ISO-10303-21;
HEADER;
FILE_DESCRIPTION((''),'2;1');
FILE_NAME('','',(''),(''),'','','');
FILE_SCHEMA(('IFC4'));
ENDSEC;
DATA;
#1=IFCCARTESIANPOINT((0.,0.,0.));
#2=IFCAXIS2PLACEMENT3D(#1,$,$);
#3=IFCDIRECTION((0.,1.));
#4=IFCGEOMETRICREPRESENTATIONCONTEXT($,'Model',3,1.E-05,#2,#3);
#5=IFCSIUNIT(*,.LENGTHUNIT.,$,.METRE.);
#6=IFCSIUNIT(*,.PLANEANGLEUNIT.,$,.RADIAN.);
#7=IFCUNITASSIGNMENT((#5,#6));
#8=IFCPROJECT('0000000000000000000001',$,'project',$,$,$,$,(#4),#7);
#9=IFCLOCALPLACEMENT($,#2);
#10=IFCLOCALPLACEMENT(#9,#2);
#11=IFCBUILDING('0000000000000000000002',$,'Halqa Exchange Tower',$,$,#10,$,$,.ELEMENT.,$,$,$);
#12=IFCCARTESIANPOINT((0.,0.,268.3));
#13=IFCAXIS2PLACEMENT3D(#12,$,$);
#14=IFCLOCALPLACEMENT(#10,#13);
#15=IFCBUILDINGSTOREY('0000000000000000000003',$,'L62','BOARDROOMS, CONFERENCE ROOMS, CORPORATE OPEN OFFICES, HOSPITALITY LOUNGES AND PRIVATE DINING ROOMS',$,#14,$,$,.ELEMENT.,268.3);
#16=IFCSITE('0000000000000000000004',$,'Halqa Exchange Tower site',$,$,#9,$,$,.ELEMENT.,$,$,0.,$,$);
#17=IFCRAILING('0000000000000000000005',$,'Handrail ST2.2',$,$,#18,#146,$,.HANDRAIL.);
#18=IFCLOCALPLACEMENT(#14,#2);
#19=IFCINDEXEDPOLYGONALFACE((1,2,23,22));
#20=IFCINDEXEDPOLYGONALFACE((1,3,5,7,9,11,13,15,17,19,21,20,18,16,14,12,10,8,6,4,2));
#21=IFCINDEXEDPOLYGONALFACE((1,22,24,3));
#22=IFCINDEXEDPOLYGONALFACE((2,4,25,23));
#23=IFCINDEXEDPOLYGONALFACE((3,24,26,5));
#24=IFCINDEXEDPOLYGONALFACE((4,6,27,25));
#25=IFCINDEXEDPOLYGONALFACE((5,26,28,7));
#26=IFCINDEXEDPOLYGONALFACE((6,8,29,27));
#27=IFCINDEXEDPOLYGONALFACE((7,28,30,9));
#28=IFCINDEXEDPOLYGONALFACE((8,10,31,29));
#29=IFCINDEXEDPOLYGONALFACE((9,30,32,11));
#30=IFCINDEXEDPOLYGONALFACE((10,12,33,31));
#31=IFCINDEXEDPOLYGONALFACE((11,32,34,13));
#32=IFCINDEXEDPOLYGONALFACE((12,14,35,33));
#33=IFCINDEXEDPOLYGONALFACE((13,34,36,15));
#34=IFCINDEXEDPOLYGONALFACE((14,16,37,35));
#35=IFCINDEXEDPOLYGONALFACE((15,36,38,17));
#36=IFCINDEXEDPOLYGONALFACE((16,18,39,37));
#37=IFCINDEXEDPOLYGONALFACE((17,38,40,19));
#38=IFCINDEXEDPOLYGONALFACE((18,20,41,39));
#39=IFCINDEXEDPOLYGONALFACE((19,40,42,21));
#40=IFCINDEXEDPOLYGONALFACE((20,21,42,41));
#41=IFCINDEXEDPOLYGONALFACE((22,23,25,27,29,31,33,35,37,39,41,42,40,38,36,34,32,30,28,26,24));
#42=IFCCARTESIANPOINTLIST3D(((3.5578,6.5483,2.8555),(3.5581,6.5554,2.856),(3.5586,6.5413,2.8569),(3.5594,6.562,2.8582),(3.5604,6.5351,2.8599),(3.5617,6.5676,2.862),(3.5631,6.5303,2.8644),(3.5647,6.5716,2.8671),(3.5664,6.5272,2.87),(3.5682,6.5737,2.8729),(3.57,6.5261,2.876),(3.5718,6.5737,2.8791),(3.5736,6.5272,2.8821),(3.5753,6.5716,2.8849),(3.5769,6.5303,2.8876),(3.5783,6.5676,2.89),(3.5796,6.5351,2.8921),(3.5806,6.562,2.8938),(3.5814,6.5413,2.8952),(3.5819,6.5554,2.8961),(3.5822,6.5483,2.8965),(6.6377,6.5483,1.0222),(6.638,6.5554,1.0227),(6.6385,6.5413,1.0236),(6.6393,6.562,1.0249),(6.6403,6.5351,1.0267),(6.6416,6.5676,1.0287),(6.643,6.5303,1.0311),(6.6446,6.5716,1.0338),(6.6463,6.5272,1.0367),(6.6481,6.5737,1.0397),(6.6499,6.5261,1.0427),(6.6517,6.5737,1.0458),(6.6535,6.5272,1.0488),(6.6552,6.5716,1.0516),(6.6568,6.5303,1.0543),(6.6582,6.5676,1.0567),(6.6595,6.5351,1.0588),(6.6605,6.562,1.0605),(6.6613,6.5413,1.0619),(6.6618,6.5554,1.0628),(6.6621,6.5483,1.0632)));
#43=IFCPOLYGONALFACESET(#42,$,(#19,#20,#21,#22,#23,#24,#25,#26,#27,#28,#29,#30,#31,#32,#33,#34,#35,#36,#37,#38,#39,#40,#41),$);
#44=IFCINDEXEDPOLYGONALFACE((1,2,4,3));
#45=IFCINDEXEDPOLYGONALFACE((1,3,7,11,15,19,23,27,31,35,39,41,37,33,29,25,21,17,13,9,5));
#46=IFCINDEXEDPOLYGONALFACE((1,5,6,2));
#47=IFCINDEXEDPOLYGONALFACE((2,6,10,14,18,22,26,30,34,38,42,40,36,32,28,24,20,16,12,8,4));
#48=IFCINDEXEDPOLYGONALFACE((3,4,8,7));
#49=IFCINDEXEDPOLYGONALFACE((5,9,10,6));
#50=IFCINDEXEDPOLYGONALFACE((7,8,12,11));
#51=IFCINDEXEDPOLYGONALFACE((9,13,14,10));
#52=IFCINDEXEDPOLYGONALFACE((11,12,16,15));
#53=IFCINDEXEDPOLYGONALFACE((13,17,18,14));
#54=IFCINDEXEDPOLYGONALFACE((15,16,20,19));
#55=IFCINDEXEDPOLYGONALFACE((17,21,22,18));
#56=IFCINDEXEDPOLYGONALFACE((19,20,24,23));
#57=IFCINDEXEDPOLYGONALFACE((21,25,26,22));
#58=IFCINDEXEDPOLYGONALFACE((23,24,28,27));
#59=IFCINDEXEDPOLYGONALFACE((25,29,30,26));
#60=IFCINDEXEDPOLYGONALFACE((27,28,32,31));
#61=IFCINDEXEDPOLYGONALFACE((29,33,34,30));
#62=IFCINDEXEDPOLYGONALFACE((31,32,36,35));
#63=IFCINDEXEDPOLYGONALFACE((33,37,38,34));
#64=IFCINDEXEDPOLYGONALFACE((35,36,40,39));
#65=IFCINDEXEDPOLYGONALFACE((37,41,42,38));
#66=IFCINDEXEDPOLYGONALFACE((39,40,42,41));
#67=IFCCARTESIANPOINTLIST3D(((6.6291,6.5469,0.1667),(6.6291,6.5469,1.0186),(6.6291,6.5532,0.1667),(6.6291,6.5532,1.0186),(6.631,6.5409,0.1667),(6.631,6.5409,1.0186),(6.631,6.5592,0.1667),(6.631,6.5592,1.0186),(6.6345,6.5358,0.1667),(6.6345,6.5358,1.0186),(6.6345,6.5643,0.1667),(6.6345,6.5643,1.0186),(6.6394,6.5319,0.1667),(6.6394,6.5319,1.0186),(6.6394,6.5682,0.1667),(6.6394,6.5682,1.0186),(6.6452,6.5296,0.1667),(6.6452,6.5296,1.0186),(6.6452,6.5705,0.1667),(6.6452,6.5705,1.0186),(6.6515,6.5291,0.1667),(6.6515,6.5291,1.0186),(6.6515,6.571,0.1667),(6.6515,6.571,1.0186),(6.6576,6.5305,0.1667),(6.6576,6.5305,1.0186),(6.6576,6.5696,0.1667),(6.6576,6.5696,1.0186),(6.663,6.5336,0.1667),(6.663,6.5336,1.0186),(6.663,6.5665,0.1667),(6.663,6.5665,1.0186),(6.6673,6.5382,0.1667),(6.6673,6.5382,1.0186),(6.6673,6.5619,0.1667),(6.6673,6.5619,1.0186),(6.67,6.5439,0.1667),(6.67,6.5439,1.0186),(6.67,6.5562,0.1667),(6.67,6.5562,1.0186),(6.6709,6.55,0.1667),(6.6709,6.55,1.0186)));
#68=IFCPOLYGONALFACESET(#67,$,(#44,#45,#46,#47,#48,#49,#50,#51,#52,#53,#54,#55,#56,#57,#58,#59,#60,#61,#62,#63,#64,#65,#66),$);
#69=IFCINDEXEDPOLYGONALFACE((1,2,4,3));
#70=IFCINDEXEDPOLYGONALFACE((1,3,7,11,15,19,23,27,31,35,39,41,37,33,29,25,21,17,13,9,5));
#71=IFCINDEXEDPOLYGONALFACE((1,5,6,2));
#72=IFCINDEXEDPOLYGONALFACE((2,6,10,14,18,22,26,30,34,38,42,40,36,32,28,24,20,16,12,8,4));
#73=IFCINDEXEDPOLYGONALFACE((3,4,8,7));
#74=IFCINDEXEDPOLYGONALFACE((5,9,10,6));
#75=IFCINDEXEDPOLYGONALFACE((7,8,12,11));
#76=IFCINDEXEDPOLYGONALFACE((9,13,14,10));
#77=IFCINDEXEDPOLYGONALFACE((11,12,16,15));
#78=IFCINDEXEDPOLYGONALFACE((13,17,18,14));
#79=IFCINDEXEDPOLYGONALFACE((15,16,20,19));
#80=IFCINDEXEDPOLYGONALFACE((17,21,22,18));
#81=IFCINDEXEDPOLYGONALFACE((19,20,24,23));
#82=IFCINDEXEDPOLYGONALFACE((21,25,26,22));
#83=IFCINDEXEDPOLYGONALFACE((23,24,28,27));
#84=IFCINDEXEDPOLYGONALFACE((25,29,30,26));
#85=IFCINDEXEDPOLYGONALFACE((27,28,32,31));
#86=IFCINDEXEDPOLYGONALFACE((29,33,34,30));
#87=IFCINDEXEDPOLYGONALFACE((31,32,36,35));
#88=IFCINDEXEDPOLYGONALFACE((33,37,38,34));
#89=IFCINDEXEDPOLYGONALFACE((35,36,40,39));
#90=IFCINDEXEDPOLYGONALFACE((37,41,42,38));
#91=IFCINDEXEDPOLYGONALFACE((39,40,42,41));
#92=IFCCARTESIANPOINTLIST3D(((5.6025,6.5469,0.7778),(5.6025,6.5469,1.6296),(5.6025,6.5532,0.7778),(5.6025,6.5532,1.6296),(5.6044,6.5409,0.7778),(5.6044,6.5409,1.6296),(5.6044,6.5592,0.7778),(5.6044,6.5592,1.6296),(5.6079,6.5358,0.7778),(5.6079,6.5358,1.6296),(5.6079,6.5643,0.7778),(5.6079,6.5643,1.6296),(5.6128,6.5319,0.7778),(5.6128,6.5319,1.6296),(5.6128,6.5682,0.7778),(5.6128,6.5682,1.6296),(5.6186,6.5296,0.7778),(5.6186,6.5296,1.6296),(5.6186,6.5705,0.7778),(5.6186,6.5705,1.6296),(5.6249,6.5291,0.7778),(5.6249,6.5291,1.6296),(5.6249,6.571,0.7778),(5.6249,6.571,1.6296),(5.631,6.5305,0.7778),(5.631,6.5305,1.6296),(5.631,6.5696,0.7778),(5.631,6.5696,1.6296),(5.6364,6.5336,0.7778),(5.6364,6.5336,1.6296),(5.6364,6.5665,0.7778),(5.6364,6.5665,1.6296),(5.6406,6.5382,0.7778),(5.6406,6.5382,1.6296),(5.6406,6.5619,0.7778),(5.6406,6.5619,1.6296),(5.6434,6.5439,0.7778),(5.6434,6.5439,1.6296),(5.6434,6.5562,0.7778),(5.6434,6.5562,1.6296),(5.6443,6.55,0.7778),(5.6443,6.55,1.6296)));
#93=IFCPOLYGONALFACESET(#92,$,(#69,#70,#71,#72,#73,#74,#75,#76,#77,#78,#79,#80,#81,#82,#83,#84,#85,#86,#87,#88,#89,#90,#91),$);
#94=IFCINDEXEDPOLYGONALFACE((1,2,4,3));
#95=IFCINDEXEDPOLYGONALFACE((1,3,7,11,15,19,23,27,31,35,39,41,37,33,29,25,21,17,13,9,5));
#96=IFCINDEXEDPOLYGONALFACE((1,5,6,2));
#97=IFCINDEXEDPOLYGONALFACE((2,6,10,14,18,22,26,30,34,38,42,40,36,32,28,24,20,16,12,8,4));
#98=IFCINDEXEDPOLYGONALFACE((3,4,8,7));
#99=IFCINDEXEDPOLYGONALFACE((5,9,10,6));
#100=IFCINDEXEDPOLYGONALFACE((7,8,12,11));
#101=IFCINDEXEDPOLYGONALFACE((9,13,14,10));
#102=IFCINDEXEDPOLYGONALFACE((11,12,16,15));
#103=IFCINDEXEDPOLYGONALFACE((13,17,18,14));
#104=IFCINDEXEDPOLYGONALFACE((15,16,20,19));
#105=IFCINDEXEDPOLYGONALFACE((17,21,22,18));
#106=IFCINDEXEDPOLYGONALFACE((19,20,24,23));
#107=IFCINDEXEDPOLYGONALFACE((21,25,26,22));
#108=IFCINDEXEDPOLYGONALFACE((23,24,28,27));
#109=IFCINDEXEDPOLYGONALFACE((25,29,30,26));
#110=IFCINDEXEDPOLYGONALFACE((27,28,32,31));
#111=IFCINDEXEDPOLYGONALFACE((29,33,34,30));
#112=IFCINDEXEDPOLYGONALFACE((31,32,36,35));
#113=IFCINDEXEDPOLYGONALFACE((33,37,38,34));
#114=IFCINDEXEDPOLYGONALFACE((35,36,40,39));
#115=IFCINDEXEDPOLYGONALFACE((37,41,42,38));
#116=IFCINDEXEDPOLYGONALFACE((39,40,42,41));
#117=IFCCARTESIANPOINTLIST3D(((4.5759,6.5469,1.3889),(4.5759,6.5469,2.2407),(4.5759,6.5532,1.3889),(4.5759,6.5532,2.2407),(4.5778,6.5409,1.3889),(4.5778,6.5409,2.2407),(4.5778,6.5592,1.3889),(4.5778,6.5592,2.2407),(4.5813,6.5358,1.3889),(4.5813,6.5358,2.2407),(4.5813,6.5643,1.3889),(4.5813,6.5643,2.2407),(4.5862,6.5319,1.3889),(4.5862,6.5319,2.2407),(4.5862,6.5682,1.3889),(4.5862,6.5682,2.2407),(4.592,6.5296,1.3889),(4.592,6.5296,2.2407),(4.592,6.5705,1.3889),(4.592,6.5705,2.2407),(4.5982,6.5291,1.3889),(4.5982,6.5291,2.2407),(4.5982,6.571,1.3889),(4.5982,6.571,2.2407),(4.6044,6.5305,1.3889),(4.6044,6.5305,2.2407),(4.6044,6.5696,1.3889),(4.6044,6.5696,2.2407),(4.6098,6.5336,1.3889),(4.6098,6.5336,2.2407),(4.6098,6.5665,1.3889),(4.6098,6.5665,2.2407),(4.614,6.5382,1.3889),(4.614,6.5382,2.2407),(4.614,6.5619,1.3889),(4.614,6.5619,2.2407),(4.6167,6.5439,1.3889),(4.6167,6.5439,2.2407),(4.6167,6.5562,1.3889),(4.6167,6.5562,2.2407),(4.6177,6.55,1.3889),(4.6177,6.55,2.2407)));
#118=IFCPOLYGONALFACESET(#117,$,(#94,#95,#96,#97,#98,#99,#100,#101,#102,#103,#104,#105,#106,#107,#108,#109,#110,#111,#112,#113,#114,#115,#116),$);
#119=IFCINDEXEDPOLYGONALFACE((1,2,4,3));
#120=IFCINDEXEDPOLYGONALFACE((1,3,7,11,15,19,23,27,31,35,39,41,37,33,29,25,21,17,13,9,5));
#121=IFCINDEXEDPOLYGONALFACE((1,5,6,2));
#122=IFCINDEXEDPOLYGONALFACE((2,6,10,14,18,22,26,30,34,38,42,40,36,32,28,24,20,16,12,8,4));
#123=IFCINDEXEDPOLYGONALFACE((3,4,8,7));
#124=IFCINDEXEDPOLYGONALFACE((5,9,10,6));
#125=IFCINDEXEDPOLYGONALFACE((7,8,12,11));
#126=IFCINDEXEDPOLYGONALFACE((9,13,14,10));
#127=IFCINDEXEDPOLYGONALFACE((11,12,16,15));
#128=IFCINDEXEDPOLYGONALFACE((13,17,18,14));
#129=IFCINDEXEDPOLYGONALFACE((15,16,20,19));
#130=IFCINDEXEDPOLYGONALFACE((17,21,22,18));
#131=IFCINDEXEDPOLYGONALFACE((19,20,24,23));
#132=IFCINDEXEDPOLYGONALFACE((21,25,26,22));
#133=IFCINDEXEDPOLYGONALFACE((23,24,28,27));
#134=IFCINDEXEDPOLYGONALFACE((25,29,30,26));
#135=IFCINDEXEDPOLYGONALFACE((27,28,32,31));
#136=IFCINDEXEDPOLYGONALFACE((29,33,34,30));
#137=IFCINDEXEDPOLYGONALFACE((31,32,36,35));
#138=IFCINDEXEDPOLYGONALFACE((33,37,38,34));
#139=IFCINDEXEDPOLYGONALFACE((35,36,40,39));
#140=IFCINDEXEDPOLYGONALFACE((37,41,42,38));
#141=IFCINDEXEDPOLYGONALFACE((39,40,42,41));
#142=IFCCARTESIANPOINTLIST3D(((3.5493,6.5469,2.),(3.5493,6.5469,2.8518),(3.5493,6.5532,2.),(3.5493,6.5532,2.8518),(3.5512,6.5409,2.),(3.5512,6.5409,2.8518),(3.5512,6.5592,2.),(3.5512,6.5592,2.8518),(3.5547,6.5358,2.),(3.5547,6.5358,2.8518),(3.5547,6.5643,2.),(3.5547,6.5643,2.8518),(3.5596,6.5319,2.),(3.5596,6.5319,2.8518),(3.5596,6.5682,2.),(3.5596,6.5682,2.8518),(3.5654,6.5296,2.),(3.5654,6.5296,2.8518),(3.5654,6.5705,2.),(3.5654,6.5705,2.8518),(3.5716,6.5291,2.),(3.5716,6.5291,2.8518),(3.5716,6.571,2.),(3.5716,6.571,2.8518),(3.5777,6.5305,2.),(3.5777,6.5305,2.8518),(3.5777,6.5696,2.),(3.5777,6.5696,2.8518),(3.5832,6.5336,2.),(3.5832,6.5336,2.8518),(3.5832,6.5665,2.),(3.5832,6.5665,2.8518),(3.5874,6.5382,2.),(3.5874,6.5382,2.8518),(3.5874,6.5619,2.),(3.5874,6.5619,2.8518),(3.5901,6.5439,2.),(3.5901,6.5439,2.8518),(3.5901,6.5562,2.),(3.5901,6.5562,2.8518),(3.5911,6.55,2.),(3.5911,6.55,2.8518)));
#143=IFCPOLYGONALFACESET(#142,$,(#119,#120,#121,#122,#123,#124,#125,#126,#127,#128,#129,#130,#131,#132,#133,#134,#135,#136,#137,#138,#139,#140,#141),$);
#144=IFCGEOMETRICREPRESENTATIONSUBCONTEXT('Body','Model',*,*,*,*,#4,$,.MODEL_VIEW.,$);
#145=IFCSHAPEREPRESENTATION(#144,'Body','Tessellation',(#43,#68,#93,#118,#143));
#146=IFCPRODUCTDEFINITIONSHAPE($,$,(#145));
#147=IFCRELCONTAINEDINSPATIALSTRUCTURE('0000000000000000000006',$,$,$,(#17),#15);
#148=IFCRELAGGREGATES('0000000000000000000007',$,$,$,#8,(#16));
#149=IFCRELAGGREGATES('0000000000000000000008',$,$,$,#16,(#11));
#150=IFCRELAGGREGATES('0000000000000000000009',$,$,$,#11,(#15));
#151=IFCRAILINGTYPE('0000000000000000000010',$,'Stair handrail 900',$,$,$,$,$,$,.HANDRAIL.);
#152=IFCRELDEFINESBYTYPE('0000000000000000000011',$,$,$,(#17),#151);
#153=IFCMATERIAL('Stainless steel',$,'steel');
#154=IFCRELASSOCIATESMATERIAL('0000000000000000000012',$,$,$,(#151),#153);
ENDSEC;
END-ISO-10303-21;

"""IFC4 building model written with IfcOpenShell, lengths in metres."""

from ifc_helpers import new_model, si_unit, direction, frame, origin, origin_2d, place, context, subcontext, project, spatial, circle, extrude, material, type_object, element, save


model = new_model("IFC4")

# Units and contexts
model_context = context("Model", 3, precision=1e-05, world=origin(), true_north=direction((0.0, 1.0)))
body_context = subcontext(model_context, "Body", "Model", "MODEL_VIEW")
ifc_project = project(units=[si_unit("LENGTHUNIT", "METRE"), si_unit("PLANEANGLEUNIT", "RADIAN")], contexts=[model_context])

# Site, building, storey
site_placement = place(None, origin())
site = spatial("IfcSite", under=ifc_project, at=site_placement, Name="Halqa Exchange Tower site", CompositionType="ELEMENT", RefElevation=0.0)
building_placement = place(site_placement, origin())
building = spatial("IfcBuilding", under=site, at=building_placement, Name="Halqa Exchange Tower", CompositionType="ELEMENT")
storey_placement = place(building_placement, frame((0.0, 0.0, 268.3)))
storey = spatial("IfcBuildingStorey", under=building, at=storey_placement, Name="L62", Description="BOARDROOMS, CONFERENCE ROOMS, CORPORATE OPEN OFFICES, HOSPITALITY LOUNGES AND PRIVATE DINING ROOMS", CompositionType="ELEMENT", Elevation=268.3)

# Railing
ifc_material_1 = material(Name="Stainless steel", Category="steel")
railing_type_1 = type_object("IfcRailingType", Name="Stair handrail 900", PredefinedType="HANDRAIL", material=ifc_material_1)
railing_1_placement = place(storey_placement, frame((6.6499, 6.55, 0.1667)))
element("IfcRailing", 1, at=railing_1_placement, inside=storey, type_object=railing_type_1, Name="Handrail ST2.2", PredefinedType="HANDRAIL", context=body_context, shape_type="SweptSolid", body=[
    extrude(circle(Radius=0.0239, at=origin_2d()), frame((0.0, 0.0, 0.876), z_axis=(-0.859291, 0.0, 0.511487), x_axis=(0.0, -1.0, 0.0)), (0.0, 0.0, 1.0), 3.5842),
    extrude(circle(Radius=0.021, at=origin_2d()), origin(), (0.0, 0.0, 1.0), 0.8518),
    extrude(circle(Radius=0.021, at=origin_2d()), frame((-1.0266, 0.0, 0.6111)), (0.0, 0.0, 1.0), 0.8518),
    extrude(circle(Radius=0.021, at=origin_2d()), frame((-2.0532, 0.0, 1.2222)), (0.0, 0.0, 1.0), 0.8518),
    extrude(circle(Radius=0.021, at=origin_2d()), frame((-3.0798, 0.0, 1.8333)), (0.0, 0.0, 1.0), 0.8518),
])

save(model, "model.ifc")
